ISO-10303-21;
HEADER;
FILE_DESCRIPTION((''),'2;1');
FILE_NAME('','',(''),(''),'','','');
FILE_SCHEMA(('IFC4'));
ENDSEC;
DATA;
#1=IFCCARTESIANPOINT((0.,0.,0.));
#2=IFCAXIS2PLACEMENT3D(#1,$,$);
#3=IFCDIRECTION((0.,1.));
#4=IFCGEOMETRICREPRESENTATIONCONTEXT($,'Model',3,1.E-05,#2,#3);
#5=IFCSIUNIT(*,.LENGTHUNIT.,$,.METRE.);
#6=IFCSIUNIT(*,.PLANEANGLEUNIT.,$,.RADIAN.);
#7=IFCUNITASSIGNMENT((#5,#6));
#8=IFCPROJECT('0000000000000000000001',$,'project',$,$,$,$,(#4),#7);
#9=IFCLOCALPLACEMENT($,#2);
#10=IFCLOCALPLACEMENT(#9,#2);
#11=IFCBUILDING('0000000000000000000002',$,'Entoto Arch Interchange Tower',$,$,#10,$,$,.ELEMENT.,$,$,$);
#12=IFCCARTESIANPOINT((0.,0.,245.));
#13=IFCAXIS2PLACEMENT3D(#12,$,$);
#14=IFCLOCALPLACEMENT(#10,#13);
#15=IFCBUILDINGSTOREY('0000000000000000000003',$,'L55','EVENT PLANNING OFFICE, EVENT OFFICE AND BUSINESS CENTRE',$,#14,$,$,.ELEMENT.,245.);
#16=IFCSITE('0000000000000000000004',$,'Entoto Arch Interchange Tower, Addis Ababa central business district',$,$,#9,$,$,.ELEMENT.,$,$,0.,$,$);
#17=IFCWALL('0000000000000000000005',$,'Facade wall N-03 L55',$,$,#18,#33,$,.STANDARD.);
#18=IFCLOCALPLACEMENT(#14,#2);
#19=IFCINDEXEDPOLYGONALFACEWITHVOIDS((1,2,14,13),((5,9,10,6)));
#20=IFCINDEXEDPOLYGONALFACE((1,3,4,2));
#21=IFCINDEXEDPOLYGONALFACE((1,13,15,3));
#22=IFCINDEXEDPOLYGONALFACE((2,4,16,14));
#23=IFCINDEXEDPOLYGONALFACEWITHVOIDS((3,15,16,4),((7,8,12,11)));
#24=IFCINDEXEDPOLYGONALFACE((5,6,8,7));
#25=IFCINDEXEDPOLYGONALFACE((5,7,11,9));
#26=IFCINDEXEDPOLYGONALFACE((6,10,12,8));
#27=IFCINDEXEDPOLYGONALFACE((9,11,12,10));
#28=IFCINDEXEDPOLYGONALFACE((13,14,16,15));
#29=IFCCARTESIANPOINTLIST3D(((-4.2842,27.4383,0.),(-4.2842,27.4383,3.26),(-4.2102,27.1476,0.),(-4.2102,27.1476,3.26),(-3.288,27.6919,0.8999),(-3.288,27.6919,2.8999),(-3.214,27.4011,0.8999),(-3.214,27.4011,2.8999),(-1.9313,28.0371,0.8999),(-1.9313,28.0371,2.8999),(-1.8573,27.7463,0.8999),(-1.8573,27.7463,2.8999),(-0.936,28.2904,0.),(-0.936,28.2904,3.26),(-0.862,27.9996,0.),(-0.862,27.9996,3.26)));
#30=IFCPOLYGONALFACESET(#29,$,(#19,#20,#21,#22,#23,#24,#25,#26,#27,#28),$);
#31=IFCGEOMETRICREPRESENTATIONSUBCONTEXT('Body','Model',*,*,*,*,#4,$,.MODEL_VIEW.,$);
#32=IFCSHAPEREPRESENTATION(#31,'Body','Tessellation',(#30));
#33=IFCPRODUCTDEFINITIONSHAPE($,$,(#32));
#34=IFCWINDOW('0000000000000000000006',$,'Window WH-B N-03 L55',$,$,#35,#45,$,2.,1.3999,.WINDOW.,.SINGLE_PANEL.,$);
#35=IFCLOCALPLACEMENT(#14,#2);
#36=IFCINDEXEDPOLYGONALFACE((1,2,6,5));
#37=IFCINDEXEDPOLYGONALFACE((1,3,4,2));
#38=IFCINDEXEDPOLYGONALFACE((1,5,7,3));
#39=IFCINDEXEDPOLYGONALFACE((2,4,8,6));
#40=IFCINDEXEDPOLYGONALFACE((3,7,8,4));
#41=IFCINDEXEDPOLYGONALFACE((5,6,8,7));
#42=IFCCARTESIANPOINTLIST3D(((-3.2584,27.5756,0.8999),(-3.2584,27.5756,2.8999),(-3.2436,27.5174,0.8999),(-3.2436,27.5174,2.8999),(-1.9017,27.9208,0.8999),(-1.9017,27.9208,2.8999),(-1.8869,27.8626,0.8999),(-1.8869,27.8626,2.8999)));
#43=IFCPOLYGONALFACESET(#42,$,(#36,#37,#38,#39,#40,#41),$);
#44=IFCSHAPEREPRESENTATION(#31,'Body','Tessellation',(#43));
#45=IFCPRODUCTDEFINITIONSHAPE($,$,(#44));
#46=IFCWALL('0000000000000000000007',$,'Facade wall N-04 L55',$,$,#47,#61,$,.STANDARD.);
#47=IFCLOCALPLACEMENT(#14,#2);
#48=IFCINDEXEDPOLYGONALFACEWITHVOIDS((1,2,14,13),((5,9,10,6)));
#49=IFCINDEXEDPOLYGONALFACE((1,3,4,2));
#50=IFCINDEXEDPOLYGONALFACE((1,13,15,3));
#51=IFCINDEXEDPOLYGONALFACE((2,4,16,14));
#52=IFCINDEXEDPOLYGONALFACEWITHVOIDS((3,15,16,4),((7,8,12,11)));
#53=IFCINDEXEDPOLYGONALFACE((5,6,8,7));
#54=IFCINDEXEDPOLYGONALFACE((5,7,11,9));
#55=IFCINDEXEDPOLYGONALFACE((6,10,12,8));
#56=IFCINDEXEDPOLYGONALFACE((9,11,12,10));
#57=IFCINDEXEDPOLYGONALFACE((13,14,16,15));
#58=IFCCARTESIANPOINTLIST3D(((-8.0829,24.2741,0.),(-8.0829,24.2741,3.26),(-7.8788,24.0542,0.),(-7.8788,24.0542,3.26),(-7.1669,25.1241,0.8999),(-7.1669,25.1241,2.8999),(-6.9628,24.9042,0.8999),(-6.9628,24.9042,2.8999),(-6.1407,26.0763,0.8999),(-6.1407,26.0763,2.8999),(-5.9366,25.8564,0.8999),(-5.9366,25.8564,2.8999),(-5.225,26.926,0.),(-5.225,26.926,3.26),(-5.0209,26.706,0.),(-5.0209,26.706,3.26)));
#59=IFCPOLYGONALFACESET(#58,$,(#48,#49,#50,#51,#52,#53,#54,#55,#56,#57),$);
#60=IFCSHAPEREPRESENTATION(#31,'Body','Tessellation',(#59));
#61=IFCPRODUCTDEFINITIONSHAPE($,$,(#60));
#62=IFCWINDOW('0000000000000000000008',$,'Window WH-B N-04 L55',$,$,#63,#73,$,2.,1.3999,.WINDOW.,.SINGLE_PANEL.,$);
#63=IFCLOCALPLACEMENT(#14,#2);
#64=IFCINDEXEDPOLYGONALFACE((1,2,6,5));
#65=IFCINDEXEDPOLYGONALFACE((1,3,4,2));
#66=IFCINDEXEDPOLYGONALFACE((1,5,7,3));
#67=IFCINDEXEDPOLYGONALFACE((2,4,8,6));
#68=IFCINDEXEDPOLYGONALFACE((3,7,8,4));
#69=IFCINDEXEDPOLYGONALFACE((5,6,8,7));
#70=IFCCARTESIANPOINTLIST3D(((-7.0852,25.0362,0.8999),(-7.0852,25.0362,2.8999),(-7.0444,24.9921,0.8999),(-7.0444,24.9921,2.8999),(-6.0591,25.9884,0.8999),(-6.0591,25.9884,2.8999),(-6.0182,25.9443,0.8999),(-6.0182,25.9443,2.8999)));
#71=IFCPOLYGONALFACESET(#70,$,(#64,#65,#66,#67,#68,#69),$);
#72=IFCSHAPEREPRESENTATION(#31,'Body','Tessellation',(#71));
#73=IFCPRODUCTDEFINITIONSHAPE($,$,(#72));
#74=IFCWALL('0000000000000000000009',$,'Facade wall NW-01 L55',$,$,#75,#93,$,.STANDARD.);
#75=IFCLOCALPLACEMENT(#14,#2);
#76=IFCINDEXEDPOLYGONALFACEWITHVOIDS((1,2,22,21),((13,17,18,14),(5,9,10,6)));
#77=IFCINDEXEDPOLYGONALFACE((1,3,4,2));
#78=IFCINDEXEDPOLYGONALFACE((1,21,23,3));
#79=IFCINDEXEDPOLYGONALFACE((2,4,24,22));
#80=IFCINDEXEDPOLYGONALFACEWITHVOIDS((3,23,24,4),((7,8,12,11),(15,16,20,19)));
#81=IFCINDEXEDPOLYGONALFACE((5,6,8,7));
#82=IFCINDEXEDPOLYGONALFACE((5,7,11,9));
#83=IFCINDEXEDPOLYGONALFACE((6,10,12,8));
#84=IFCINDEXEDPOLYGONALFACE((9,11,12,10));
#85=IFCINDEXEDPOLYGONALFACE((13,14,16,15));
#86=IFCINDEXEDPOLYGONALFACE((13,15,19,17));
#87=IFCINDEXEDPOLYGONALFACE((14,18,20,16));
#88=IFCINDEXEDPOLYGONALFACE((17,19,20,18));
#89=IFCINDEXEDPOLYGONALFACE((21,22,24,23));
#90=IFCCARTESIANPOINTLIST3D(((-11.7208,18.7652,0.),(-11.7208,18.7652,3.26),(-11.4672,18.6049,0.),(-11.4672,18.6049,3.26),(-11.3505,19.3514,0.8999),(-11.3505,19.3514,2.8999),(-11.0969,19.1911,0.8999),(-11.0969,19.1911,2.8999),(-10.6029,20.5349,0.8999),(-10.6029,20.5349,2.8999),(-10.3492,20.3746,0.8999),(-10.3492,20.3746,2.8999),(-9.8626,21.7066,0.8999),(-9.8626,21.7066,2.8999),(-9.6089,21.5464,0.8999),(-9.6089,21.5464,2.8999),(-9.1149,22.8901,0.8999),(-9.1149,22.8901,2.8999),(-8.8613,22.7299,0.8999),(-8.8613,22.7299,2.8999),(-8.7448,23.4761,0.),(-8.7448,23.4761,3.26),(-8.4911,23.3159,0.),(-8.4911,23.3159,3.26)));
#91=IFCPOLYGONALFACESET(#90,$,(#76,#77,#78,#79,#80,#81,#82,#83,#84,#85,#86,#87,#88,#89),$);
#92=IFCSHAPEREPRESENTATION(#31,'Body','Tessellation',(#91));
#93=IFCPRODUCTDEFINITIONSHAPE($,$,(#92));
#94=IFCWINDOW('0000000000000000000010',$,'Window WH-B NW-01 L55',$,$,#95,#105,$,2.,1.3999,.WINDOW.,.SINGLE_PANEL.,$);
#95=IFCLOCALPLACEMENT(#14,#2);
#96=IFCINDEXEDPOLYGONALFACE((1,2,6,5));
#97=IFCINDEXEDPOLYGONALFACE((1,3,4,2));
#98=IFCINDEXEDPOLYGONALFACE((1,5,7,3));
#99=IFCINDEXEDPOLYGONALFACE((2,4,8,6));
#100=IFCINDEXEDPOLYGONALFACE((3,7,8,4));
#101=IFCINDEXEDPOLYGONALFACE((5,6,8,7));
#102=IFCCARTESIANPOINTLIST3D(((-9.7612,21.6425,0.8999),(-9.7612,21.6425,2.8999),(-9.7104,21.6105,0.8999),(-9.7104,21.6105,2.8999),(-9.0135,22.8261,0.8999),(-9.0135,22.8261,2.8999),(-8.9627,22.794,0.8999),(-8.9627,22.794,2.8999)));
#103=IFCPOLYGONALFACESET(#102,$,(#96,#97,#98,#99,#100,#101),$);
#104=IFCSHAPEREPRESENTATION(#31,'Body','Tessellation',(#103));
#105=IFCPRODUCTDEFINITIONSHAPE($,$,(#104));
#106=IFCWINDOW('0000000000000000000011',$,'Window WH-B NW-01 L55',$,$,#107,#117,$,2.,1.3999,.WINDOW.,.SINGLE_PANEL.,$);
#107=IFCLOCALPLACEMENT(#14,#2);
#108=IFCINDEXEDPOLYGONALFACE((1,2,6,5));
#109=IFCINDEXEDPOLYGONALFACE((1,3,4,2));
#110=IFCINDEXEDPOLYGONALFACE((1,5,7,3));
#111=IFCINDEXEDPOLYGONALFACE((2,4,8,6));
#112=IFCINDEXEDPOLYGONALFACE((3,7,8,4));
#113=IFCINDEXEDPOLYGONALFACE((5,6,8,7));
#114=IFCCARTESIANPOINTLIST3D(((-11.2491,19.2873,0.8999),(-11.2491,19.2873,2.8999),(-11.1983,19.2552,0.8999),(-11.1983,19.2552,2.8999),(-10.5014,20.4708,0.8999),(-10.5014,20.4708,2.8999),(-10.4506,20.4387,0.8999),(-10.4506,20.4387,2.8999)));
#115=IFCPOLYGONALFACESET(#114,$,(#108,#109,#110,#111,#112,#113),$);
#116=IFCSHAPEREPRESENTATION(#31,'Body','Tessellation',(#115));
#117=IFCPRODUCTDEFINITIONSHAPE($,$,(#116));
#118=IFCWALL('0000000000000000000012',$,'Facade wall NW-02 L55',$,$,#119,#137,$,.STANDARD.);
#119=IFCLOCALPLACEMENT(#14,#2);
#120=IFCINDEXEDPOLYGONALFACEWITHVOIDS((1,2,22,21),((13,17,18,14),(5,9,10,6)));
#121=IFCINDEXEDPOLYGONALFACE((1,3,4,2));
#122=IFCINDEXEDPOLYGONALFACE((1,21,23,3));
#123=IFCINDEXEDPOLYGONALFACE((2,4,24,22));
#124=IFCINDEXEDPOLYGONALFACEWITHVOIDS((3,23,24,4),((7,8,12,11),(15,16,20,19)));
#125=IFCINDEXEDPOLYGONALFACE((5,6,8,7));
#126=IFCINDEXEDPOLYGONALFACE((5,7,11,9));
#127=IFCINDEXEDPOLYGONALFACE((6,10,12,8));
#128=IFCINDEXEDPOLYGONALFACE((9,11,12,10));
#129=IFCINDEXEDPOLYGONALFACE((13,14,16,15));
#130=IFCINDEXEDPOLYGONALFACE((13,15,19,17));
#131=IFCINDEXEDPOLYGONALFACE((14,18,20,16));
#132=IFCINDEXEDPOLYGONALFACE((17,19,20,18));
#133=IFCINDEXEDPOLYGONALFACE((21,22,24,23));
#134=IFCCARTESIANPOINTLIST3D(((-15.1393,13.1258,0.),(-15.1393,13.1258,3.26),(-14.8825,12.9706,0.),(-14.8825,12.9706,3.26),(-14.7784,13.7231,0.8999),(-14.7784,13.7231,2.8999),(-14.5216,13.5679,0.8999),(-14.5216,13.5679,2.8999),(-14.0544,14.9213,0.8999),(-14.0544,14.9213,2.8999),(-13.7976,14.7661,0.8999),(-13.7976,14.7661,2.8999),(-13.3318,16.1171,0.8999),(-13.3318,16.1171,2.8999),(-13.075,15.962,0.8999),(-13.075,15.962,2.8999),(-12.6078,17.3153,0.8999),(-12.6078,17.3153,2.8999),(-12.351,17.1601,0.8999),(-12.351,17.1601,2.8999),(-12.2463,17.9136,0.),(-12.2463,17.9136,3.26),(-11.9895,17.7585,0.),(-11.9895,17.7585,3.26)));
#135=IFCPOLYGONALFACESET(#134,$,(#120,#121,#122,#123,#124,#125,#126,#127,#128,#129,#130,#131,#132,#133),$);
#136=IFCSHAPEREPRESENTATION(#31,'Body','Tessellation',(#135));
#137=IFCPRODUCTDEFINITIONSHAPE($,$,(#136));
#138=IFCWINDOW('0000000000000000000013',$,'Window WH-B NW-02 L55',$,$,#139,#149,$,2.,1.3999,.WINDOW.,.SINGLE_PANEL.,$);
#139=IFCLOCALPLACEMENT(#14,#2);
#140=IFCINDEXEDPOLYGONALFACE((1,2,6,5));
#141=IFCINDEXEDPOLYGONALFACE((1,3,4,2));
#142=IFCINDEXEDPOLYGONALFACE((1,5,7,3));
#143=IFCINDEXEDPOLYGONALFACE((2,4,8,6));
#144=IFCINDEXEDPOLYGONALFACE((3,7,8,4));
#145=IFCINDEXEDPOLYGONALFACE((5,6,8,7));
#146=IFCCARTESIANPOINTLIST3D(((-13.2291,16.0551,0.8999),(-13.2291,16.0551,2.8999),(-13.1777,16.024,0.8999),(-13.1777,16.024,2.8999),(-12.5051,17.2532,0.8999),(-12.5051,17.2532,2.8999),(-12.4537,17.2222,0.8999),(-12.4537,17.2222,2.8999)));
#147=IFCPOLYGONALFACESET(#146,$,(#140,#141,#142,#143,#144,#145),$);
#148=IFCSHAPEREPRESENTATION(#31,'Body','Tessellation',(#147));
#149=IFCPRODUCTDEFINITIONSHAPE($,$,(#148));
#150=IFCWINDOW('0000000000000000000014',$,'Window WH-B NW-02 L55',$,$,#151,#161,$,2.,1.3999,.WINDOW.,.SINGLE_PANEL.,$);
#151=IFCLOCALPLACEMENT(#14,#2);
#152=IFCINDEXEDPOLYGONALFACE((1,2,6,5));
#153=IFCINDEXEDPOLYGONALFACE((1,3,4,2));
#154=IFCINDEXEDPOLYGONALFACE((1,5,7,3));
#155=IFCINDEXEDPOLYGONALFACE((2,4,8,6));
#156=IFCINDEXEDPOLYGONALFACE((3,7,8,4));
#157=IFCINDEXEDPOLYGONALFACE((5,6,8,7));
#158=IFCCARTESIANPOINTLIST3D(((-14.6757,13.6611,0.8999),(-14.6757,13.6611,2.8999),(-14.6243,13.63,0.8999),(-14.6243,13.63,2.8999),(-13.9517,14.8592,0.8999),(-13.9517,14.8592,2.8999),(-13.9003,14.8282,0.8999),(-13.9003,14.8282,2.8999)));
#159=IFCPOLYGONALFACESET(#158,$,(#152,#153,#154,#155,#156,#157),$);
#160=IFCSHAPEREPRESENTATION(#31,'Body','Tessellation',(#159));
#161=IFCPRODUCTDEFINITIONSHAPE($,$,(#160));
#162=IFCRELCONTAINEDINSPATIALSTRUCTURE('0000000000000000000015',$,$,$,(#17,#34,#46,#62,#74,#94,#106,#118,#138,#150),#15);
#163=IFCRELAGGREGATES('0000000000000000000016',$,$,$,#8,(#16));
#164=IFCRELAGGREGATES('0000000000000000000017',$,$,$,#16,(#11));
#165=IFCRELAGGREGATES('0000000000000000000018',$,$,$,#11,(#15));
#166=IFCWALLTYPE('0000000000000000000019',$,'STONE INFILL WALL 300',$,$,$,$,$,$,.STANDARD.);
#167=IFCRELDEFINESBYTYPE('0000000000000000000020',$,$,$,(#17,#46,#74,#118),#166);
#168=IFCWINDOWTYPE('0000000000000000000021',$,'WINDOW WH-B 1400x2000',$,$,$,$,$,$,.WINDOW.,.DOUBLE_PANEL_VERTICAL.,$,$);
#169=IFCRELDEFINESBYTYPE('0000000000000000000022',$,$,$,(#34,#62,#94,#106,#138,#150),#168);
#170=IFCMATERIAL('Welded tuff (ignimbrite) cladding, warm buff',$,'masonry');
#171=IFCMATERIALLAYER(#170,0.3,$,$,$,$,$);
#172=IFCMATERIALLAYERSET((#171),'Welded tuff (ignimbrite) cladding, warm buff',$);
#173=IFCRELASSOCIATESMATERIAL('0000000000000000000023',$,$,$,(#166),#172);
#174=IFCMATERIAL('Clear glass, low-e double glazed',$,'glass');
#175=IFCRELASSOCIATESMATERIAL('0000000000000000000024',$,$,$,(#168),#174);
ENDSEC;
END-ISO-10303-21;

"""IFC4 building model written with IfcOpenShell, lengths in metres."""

from ifc_helpers import new_model, si_unit, direction, frame, frame_2d, origin, place, context, subcontext, project, spatial, rectangle, extrude, material, layer, layer_set, type_object, element, fill, save


model = new_model("IFC4")

# Units and contexts
model_context = context("Model", 3, precision=1e-05, world=origin(), true_north=direction((0.0, 1.0)))
body_context = subcontext(model_context, "Body", "Model", "MODEL_VIEW")
ifc_project = project(units=[si_unit("LENGTHUNIT", "METRE"), si_unit("PLANEANGLEUNIT", "RADIAN")], contexts=[model_context])

# Site, building, storey
site_placement = place(None, origin())
site = spatial("IfcSite", under=ifc_project, at=site_placement, Name="Entoto Arch Interchange Tower, Addis Ababa central business district", CompositionType="ELEMENT", RefElevation=0.0)
building_placement = place(site_placement, origin())
building = spatial("IfcBuilding", under=site, at=building_placement, Name="Entoto Arch Interchange Tower", CompositionType="ELEMENT")
storey_placement = place(building_placement, frame((0.0, 0.0, 245.0)))
storey = spatial("IfcBuildingStorey", under=building, at=storey_placement, Name="L55", Description="EVENT PLANNING OFFICE, EVENT OFFICE AND BUSINESS CENTRE", CompositionType="ELEMENT", Elevation=245.0)

# Walls, openings, windows
ifc_material_1 = material(Name="Welded tuff (ignimbrite) cladding, warm buff", Category="masonry")
ifc_layer_1 = layer(ifc_material_1, 0.3)
ifc_layer_set_1 = layer_set([ifc_layer_1], Name="Welded tuff (ignimbrite) cladding, warm buff")
wall_type_1 = type_object("IfcWallType", Name="STONE INFILL WALL 300", PredefinedType="STANDARD", material=ifc_layer_set_1)
wall_1_placement = place(storey_placement, frame((-0.8989, 28.145, 0.0), z_axis=(0.0, 0.0, 1.0), x_axis=(-0.969111, -0.246624, 0.0)))
wall_1 = element("IfcWall", 1, at=wall_1_placement, inside=storey, type_object=wall_type_1, Name="Facade wall N-03 L55", PredefinedType="STANDARD", context=body_context, shape_type="SweptSolid", body=[
    extrude(rectangle(XDim=3.4548, YDim=0.3, at=frame_2d((1.7275, 0.0))), origin(), (0.0, 0.0, 1.0), 3.26),
])
opening_1_placement = place(wall_1_placement, frame((1.0271, 0.0, 0.8999)))
opening_1 = element("IfcOpeningElement", 2, at=opening_1_placement, cuts=wall_1, PredefinedType="OPENING", context=body_context, shape_type="SweptSolid", body=[
    extrude(rectangle(XDim=1.3999, YDim=2.0, at=frame_2d((0.7, 1.0))), frame((0.0, 0.1602, 0.0), z_axis=(0.0, -1.0, 0.0), x_axis=(1.0, 0.0, 0.0)), (0.0, 0.0, 1.0), 0.3201),
])
ifc_material_2 = material(Name="Clear glass, low-e double glazed", Category="glass")
window_type = type_object("IfcWindowType", Name="WINDOW WH-B 1400x2000", PartitioningType="DOUBLE_PANEL_VERTICAL", PredefinedType="WINDOW", material=ifc_material_2)
window_1_placement = place(opening_1_placement, origin())
window_1 = element("IfcWindow", 3, at=window_1_placement, inside=storey, type_object=window_type, Name="Window WH-B N-03 L55", OverallHeight=2.0, OverallWidth=1.3999, PartitioningType="SINGLE_PANEL", PredefinedType="WINDOW", context=body_context, shape_type="SweptSolid", body=[
    extrude(rectangle(XDim=1.3999, YDim=2.0, at=frame_2d((0.7, 1.0))), frame((0.0, 0.03, 0.0), z_axis=(0.0, -1.0, 0.0), x_axis=(1.0, 0.0, 0.0)), (0.0, 0.0, 1.0), 0.0601),
])
fill(opening_1, window_1)
wall_2_placement = place(storey_placement, frame((-5.123, 26.8159, 0.0), z_axis=(0.0, 0.0, 1.0), x_axis=(-0.733039, -0.680187, 0.0)))
wall_2 = element("IfcWall", 4, at=wall_2_placement, inside=storey, type_object=wall_type_1, Name="Facade wall N-04 L55", PredefinedType="STANDARD", context=body_context, shape_type="SweptSolid", body=[
    extrude(rectangle(XDim=3.8987, YDim=0.3, at=frame_2d((1.9492, 0.0))), origin(), (0.0, 0.0, 1.0), 3.26),
])
opening_2_placement = place(wall_2_placement, frame((1.249, 0.0, 0.8999)))
opening_2 = element("IfcOpeningElement", 5, at=opening_2_placement, cuts=wall_2, PredefinedType="OPENING", context=body_context, shape_type="SweptSolid", body=[
    extrude(rectangle(XDim=1.3999, YDim=2.0, at=frame_2d((0.7, 1.0))), frame((0.0, 0.1602, 0.0), z_axis=(0.0, -1.0, 0.0), x_axis=(1.0, 0.0, 0.0)), (0.0, 0.0, 1.0), 0.3201),
])
window_2_placement = place(opening_2_placement, origin())
window_2 = element("IfcWindow", 6, at=window_2_placement, inside=storey, type_object=window_type, Name="Window WH-B N-04 L55", OverallHeight=2.0, OverallWidth=1.3999, PartitioningType="SINGLE_PANEL", PredefinedType="WINDOW", context=body_context, shape_type="SweptSolid", body=[
    extrude(rectangle(XDim=1.3999, YDim=2.0, at=frame_2d((0.7, 1.0))), frame((0.0, 0.03, 0.0), z_axis=(0.0, -1.0, 0.0), x_axis=(1.0, 0.0, 0.0)), (0.0, 0.0, 1.0), 0.0601),
])
fill(opening_2, window_2)

# Walls, openings, windows
wall_3_placement = place(storey_placement, frame((-8.6179, 23.396, 0.0), z_axis=(0.0, 0.0, 1.0), x_axis=(-0.534089, -0.845429, 0.0)))
wall_3 = element("IfcWall", 7, at=wall_3_placement, inside=storey, type_object=wall_type_1, Name="Facade wall NW-01 L55", PredefinedType="STANDARD", context=body_context, shape_type="SweptSolid", body=[
    extrude(rectangle(XDim=5.5723, YDim=0.3, at=frame_2d((2.7861, 0.0))), origin(), (0.0, 0.0, 1.0), 3.26),
])
opening_3_placement = place(wall_3_placement, frame((0.6931, 0.0, 0.8999)))
opening_3 = element("IfcOpeningElement", 8, at=opening_3_placement, cuts=wall_3, PredefinedType="OPENING", context=body_context, shape_type="SweptSolid", body=[
    extrude(rectangle(XDim=1.3999, YDim=2.0, at=frame_2d((0.7, 1.0))), frame((0.0, 0.1602, 0.0), z_axis=(0.0, -1.0, 0.0), x_axis=(1.0, 0.0, 0.0)), (0.0, 0.0, 1.0), 0.3201),
])
opening_4_placement = place(wall_3_placement, frame((3.479, 0.0, 0.8999)))
opening_4 = element("IfcOpeningElement", 9, at=opening_4_placement, cuts=wall_3, PredefinedType="OPENING", context=body_context, shape_type="SweptSolid", body=[
    extrude(rectangle(XDim=1.3999, YDim=2.0, at=frame_2d((0.7, 1.0))), frame((0.0, 0.1602, 0.0), z_axis=(0.0, -1.0, 0.0), x_axis=(1.0, 0.0, 0.0)), (0.0, 0.0, 1.0), 0.3201),
])
window_3_placement = place(opening_3_placement, origin())
window_3 = element("IfcWindow", 10, at=window_3_placement, inside=storey, type_object=window_type, Name="Window WH-B NW-01 L55", OverallHeight=2.0, OverallWidth=1.3999, PartitioningType="SINGLE_PANEL", PredefinedType="WINDOW", context=body_context, shape_type="SweptSolid", body=[
    extrude(rectangle(XDim=1.3999, YDim=2.0, at=frame_2d((0.7, 1.0))), frame((0.0, 0.03, 0.0), z_axis=(0.0, -1.0, 0.0), x_axis=(1.0, 0.0, 0.0)), (0.0, 0.0, 1.0), 0.0601),
])
fill(opening_3, window_3)
window_4_placement = place(opening_4_placement, origin())
window_4 = element("IfcWindow", 11, at=window_4_placement, inside=storey, type_object=window_type, Name="Window WH-B NW-01 L55", OverallHeight=2.0, OverallWidth=1.3999, PartitioningType="SINGLE_PANEL", PredefinedType="WINDOW", context=body_context, shape_type="SweptSolid", body=[
    extrude(rectangle(XDim=1.3999, YDim=2.0, at=frame_2d((0.7, 1.0))), frame((0.0, 0.03, 0.0), z_axis=(0.0, -1.0, 0.0), x_axis=(1.0, 0.0, 0.0)), (0.0, 0.0, 1.0), 0.0601),
])
fill(opening_4, window_4)
wall_4_placement = place(storey_placement, frame((-12.1179, 17.8359, 0.0), z_axis=(0.0, 0.0, 1.0), x_axis=(-0.51717, -0.855883, 0.0)))
wall_4 = element("IfcWall", 12, at=wall_4_placement, inside=storey, type_object=wall_type_1, Name="Facade wall NW-02 L55", PredefinedType="STANDARD", context=body_context, shape_type="SweptSolid", body=[
    extrude(rectangle(XDim=5.594, YDim=0.3, at=frame_2d((2.7969, 0.0))), origin(), (0.0, 0.0, 1.0), 3.26),
])
opening_5_placement = place(wall_4_placement, frame((0.699, 0.0, 0.8999)))
opening_5 = element("IfcOpeningElement", 13, at=opening_5_placement, cuts=wall_4, PredefinedType="OPENING", context=body_context, shape_type="SweptSolid", body=[
    extrude(rectangle(XDim=1.3999, YDim=2.0, at=frame_2d((0.7, 1.0))), frame((0.0, 0.1602, 0.0), z_axis=(0.0, -1.0, 0.0), x_axis=(1.0, 0.0, 0.0)), (0.0, 0.0, 1.0), 0.3201),
])
opening_6_placement = place(wall_4_placement, frame((3.4961, 0.0, 0.8999)))
opening_6 = element("IfcOpeningElement", 14, at=opening_6_placement, cuts=wall_4, PredefinedType="OPENING", context=body_context, shape_type="SweptSolid", body=[
    extrude(rectangle(XDim=1.3999, YDim=2.0, at=frame_2d((0.7, 1.0))), frame((0.0, 0.1602, 0.0), z_axis=(0.0, -1.0, 0.0), x_axis=(1.0, 0.0, 0.0)), (0.0, 0.0, 1.0), 0.3201),
])
window_5_placement = place(opening_5_placement, origin())
window_5 = element("IfcWindow", 15, at=window_5_placement, inside=storey, type_object=window_type, Name="Window WH-B NW-02 L55", OverallHeight=2.0, OverallWidth=1.3999, PartitioningType="SINGLE_PANEL", PredefinedType="WINDOW", context=body_context, shape_type="SweptSolid", body=[
    extrude(rectangle(XDim=1.3999, YDim=2.0, at=frame_2d((0.7, 1.0))), frame((0.0, 0.03, 0.0), z_axis=(0.0, -1.0, 0.0), x_axis=(1.0, 0.0, 0.0)), (0.0, 0.0, 1.0), 0.0601),
])
fill(opening_5, window_5)
window_6_placement = place(opening_6_placement, origin())
window_6 = element("IfcWindow", 16, at=window_6_placement, inside=storey, type_object=window_type, Name="Window WH-B NW-02 L55", OverallHeight=2.0, OverallWidth=1.3999, PartitioningType="SINGLE_PANEL", PredefinedType="WINDOW", context=body_context, shape_type="SweptSolid", body=[
    extrude(rectangle(XDim=1.3999, YDim=2.0, at=frame_2d((0.7, 1.0))), frame((0.0, 0.03, 0.0), z_axis=(0.0, -1.0, 0.0), x_axis=(1.0, 0.0, 0.0)), (0.0, 0.0, 1.0), 0.0601),
])
fill(opening_6, window_6)

save(model, "model.ifc")
